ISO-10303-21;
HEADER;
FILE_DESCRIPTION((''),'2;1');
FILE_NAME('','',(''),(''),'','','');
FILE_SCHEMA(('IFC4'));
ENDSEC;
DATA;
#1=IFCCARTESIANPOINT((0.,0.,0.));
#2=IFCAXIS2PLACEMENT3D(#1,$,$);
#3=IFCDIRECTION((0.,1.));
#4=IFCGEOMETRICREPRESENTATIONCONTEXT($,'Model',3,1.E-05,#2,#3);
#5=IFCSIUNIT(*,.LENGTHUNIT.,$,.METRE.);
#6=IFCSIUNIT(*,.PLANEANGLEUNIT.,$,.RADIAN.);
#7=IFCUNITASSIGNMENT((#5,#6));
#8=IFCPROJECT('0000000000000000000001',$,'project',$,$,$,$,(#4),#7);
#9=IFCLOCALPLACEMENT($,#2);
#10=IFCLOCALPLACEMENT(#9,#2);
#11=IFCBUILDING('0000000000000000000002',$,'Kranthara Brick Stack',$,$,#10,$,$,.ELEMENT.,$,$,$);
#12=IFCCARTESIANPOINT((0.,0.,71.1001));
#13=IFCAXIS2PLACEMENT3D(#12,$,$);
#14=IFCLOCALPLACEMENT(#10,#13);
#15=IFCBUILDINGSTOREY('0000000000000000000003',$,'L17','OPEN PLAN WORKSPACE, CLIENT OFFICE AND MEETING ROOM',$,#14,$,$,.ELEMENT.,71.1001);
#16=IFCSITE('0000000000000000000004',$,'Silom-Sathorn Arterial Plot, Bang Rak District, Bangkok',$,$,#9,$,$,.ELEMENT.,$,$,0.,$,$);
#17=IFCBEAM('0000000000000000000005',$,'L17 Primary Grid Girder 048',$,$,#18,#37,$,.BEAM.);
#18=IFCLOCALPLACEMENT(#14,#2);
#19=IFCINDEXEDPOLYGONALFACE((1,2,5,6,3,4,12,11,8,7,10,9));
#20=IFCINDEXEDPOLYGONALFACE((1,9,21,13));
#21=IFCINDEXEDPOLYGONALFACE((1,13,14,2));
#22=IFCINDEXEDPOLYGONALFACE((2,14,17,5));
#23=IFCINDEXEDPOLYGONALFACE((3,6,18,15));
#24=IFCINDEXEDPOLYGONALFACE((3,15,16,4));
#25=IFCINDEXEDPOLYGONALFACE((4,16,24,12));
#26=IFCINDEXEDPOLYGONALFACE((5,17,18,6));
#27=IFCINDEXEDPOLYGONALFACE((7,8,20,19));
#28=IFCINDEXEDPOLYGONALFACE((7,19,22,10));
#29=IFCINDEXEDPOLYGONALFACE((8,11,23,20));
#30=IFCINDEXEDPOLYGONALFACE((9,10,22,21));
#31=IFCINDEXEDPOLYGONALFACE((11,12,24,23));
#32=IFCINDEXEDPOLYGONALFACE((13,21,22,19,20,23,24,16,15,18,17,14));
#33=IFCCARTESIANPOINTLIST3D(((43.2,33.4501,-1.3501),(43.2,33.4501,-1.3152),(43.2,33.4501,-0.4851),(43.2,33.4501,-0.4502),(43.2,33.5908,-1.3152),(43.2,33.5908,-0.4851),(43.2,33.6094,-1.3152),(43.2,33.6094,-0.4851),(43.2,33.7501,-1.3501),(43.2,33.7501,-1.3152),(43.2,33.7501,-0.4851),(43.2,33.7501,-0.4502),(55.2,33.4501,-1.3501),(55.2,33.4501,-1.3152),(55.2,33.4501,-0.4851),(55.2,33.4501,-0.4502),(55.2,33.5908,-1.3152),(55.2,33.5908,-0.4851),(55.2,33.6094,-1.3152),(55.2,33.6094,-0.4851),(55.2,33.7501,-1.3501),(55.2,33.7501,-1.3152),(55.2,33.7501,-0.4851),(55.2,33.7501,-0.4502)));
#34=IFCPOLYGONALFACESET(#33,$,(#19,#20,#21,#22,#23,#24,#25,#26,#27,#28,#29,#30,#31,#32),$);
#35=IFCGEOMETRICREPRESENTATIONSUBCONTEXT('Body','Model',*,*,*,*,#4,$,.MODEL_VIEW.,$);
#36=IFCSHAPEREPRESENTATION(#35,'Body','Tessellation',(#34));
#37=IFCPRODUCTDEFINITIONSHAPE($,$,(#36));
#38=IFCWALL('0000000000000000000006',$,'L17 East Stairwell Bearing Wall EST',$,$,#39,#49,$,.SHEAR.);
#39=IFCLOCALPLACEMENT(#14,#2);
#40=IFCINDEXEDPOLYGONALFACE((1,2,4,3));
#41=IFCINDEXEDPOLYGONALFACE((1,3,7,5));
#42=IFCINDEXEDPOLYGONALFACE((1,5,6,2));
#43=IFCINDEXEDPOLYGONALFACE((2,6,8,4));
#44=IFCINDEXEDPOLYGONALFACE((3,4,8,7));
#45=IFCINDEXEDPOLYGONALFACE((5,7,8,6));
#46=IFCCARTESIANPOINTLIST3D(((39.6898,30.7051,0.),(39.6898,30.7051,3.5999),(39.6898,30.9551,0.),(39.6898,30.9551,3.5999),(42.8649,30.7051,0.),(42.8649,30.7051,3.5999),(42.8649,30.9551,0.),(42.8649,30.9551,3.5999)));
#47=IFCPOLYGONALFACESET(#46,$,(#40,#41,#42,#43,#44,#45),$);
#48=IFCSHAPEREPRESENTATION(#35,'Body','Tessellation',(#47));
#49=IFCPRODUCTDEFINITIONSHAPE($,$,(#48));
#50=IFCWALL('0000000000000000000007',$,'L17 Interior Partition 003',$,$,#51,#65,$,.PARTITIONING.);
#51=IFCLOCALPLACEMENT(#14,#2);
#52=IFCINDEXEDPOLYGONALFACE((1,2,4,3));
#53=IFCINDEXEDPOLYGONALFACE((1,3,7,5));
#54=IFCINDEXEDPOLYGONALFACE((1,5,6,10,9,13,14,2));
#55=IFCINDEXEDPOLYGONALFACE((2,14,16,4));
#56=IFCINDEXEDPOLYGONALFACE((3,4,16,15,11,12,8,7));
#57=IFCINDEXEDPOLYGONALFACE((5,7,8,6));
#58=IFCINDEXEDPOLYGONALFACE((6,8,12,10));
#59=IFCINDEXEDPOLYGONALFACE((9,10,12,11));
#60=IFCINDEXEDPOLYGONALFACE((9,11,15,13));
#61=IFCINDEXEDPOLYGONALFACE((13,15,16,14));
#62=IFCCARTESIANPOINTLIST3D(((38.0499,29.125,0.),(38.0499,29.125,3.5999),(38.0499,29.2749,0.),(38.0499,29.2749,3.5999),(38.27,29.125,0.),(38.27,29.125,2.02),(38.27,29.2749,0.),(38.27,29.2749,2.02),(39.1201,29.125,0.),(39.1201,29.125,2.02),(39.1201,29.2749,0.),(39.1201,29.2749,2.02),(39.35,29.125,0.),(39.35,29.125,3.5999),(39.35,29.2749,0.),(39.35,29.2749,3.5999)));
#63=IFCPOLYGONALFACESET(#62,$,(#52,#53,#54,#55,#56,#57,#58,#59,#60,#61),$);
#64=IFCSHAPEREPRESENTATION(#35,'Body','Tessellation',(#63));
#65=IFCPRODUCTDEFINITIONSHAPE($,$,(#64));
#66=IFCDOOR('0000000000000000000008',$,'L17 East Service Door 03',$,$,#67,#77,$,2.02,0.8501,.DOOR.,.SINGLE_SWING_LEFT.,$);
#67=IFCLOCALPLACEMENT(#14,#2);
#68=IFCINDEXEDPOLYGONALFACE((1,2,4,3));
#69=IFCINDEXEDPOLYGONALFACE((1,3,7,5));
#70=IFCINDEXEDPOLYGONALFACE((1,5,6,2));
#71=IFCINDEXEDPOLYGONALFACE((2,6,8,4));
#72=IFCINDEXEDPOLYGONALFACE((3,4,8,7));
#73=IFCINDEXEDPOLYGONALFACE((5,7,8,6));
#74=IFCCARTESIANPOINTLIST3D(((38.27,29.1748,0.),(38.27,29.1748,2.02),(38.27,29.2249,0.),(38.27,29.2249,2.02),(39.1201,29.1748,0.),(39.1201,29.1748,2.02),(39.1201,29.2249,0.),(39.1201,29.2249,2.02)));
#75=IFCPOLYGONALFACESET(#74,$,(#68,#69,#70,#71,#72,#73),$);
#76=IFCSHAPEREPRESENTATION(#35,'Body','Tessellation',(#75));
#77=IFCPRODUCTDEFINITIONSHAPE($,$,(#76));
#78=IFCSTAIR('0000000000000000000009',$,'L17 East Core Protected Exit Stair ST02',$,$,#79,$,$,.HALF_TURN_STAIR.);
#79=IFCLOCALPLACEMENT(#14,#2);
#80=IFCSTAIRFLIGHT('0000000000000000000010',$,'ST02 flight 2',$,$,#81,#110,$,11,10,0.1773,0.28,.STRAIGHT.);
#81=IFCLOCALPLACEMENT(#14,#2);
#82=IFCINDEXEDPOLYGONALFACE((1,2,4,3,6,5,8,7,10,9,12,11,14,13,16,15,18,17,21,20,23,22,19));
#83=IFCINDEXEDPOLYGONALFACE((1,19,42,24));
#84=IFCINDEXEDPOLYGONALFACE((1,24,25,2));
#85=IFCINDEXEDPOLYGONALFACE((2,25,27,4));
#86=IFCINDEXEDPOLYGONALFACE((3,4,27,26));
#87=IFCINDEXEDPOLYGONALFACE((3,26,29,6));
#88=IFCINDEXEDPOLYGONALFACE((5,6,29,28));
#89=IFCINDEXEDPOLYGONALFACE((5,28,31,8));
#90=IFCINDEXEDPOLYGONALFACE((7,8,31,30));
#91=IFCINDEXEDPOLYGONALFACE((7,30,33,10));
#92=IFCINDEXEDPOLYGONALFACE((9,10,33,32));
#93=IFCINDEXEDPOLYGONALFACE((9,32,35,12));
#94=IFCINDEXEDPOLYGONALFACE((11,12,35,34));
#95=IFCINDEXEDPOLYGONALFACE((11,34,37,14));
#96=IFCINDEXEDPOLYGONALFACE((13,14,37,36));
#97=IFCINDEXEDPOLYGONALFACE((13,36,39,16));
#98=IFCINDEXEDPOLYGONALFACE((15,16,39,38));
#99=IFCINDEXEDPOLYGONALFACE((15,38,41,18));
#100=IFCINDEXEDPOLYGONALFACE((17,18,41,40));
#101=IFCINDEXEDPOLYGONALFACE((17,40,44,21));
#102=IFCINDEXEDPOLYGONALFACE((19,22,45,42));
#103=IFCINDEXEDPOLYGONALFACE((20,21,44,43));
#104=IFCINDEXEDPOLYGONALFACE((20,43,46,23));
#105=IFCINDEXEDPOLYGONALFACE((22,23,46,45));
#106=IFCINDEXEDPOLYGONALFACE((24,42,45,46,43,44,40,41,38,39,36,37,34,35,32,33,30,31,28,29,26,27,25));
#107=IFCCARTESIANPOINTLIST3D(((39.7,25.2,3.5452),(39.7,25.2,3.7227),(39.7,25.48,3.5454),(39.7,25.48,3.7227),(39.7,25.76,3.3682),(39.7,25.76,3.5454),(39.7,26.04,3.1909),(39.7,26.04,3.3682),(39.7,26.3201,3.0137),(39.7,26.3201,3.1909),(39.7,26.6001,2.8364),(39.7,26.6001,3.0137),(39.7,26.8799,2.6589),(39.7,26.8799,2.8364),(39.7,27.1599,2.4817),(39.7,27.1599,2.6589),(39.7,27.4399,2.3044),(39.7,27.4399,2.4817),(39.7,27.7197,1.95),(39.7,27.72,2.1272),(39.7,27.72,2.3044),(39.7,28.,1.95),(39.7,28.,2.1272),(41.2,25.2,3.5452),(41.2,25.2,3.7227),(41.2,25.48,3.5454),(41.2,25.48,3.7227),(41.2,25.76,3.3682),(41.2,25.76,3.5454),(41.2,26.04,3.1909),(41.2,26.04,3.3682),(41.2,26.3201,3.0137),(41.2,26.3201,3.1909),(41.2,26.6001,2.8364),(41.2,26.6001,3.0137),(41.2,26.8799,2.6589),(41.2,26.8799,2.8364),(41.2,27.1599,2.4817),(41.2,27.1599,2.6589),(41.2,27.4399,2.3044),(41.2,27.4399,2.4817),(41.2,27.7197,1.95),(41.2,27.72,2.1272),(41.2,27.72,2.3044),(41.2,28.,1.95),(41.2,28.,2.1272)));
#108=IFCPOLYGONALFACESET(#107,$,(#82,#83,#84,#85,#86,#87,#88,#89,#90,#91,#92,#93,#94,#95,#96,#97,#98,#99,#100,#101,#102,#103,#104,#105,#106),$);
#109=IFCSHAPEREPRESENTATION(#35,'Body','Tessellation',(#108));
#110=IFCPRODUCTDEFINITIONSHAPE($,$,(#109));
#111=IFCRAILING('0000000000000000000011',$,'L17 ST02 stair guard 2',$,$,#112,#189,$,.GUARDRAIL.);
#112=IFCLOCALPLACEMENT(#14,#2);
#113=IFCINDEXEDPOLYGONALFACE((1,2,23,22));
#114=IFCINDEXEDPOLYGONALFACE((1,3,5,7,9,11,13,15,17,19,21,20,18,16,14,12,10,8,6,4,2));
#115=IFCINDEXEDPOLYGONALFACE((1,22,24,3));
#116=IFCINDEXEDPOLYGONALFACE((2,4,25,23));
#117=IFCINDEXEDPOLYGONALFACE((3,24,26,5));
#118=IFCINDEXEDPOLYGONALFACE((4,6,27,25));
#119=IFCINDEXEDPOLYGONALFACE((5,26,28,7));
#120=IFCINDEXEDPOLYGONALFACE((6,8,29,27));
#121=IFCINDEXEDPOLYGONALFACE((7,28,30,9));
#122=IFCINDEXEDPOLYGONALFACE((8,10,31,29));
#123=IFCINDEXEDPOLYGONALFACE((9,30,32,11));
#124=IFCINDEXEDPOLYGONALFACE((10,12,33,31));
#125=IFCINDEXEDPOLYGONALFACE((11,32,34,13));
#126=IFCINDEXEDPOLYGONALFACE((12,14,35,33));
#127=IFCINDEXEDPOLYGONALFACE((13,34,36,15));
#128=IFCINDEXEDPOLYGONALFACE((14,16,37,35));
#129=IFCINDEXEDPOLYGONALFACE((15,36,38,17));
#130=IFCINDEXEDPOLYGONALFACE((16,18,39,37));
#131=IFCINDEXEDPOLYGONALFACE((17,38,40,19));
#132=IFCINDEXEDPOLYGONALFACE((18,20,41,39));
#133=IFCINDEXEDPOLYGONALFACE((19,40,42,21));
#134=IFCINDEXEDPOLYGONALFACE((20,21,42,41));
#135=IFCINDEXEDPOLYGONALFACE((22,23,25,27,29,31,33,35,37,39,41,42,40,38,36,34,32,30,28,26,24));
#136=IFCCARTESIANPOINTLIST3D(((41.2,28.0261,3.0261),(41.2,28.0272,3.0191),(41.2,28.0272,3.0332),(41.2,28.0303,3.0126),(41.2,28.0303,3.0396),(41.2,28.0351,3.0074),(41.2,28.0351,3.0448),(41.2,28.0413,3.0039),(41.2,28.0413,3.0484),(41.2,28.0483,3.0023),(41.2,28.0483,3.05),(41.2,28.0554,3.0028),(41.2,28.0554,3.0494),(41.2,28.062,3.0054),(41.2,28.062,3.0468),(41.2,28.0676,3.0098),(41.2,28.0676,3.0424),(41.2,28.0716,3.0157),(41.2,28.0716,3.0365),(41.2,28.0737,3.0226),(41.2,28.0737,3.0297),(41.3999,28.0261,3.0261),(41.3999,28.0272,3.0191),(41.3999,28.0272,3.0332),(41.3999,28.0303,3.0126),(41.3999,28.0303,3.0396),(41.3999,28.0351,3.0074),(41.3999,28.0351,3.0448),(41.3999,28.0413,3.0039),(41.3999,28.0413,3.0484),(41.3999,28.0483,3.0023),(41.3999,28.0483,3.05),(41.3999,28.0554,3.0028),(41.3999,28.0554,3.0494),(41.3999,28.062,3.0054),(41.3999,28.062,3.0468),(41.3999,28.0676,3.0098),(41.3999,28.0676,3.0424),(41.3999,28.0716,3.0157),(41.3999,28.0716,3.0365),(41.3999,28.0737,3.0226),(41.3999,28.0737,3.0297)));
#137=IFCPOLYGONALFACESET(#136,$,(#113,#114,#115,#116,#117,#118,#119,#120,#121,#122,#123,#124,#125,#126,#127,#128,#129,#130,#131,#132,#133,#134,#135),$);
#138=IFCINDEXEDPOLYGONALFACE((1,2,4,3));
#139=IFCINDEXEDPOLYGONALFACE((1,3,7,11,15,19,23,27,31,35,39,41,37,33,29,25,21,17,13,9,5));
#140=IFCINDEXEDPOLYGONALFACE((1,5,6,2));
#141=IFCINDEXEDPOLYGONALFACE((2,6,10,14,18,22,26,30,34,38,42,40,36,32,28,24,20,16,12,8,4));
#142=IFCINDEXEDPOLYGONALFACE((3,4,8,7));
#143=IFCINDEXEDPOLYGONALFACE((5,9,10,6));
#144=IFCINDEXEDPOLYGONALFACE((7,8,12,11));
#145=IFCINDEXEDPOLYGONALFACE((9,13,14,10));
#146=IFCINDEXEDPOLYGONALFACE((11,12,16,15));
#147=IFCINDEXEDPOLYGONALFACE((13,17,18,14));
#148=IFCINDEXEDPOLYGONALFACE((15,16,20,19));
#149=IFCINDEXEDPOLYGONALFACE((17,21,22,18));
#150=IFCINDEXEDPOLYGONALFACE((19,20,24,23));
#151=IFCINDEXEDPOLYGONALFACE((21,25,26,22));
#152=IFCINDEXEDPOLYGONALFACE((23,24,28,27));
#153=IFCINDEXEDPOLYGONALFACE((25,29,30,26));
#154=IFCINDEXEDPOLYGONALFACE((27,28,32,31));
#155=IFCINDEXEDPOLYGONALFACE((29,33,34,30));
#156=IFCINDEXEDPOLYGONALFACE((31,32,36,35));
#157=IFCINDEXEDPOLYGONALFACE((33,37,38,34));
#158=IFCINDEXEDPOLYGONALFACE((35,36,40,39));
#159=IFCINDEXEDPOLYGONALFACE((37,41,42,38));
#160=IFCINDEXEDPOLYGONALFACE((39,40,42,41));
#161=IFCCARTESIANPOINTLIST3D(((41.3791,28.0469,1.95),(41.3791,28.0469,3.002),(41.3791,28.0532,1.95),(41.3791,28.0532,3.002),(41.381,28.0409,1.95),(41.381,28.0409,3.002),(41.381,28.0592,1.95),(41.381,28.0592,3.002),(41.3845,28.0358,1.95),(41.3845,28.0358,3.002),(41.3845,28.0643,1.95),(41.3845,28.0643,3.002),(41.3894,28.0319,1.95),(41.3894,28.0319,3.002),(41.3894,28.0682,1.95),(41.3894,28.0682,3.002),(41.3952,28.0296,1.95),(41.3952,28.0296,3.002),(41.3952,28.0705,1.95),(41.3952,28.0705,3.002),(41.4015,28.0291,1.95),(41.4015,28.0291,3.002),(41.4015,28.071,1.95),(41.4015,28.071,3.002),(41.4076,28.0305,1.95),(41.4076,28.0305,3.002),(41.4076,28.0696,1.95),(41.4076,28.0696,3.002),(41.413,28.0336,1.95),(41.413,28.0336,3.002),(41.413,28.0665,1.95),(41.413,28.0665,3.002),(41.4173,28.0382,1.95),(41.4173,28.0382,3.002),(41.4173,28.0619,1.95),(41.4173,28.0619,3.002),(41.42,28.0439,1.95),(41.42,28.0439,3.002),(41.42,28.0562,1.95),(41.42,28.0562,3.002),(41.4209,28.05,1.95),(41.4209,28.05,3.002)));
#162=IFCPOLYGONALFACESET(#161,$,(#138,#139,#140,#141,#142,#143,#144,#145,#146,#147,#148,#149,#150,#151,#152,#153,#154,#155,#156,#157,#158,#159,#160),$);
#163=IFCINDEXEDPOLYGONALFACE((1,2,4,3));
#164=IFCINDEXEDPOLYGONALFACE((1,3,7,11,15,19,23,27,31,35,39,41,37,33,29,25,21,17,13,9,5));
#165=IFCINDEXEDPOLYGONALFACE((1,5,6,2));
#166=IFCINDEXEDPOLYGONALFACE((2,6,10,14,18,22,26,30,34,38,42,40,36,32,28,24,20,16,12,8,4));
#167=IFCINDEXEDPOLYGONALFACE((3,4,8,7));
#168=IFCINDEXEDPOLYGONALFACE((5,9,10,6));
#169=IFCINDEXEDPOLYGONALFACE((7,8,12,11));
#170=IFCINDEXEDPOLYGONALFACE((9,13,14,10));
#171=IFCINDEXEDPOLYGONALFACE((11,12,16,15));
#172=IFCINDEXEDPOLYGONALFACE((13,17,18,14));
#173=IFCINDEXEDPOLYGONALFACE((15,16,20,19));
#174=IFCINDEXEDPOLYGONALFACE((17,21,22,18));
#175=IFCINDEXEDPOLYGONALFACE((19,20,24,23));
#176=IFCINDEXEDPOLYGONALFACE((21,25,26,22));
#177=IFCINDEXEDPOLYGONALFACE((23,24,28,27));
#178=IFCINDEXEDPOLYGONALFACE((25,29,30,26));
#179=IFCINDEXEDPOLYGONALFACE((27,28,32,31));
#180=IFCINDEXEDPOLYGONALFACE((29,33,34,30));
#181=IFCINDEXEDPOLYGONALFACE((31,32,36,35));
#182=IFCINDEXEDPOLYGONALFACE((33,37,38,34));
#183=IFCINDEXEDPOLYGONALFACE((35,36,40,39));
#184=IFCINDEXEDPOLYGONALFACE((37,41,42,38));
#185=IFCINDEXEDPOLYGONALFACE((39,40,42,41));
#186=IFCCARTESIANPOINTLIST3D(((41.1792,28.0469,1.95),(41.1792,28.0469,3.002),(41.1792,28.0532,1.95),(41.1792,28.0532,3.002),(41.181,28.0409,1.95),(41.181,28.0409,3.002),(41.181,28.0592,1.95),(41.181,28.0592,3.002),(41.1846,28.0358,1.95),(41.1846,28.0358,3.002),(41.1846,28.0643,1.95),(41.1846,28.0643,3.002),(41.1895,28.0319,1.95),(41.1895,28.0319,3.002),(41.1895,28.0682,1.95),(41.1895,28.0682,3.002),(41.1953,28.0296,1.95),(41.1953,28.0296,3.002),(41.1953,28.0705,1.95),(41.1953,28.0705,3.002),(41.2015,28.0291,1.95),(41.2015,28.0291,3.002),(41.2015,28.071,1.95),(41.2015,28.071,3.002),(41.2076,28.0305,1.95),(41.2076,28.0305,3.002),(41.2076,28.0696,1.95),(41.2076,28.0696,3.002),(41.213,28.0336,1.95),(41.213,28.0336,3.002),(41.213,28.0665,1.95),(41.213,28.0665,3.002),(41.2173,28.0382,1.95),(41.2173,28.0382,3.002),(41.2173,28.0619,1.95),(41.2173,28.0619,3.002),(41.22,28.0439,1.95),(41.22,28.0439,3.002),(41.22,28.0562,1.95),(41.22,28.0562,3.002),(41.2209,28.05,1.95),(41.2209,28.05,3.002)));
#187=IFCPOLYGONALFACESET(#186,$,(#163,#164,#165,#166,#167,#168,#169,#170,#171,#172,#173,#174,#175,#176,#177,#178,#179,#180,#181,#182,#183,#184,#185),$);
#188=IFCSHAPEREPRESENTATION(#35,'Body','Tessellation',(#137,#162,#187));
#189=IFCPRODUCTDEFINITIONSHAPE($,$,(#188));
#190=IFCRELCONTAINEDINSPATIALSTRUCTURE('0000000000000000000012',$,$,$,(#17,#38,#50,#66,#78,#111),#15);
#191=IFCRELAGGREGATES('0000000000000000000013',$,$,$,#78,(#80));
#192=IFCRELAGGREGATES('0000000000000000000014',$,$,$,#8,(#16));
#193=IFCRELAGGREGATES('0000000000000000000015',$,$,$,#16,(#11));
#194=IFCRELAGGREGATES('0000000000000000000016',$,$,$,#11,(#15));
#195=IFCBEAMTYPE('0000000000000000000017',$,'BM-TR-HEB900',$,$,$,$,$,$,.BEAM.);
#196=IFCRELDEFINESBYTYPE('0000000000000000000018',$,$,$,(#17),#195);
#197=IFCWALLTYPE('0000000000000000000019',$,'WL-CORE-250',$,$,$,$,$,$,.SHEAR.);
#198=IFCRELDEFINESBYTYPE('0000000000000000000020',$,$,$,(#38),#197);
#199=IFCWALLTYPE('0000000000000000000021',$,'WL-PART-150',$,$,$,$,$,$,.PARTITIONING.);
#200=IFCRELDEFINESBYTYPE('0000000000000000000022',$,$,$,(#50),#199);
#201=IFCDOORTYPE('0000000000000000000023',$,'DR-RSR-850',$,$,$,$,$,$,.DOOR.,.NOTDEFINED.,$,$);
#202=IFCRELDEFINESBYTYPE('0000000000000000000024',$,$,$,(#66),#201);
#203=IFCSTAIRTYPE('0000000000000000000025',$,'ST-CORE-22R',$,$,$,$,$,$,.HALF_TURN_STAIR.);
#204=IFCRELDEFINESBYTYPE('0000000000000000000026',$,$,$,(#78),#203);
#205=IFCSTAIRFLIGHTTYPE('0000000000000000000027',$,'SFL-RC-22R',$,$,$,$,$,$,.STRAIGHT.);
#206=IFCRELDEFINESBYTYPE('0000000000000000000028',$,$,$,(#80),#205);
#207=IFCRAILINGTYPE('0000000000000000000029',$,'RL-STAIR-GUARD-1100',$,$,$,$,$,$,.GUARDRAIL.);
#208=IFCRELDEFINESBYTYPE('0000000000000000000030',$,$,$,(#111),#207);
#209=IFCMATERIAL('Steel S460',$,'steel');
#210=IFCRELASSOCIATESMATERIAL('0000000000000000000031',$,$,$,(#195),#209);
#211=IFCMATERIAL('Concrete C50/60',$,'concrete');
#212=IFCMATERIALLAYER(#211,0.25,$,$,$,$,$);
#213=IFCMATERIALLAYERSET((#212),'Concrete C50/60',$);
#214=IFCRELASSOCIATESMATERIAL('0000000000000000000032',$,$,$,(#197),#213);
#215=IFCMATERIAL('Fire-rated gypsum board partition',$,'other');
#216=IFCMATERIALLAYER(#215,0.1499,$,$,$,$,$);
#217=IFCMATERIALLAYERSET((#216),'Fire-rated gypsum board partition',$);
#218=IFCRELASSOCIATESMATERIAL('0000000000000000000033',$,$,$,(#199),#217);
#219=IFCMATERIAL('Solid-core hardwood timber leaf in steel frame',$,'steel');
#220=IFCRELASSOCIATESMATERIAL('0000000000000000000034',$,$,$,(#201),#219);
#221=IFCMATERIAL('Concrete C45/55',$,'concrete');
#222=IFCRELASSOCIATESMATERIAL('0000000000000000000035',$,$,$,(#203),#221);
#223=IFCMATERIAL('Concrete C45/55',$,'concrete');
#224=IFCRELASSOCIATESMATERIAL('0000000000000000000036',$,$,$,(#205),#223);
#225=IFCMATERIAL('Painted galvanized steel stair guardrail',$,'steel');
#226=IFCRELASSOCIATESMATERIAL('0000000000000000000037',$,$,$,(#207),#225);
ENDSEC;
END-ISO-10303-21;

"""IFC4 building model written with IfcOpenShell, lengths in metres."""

from ifc_helpers import new_model, si_unit, direction, frame, frame_2d, origin, origin_2d, place, context, subcontext, project, spatial, polyline, rectangle, circle, i_section, outline, extrude, material, layer, layer_set, material_profile, profile_set, type_object, element, fill, aggregate, save


model = new_model("IFC4")

# Units and contexts
model_context = context("Model", 3, precision=1e-05, world=origin(), true_north=direction((0.0, 1.0)))
body_context = subcontext(model_context, "Body", "Model", "MODEL_VIEW")
ifc_project = project(units=[si_unit("LENGTHUNIT", "METRE"), si_unit("PLANEANGLEUNIT", "RADIAN")], contexts=[model_context])

# Site, building, storey
site_placement = place(None, origin())
site = spatial("IfcSite", under=ifc_project, at=site_placement, Name="Silom-Sathorn Arterial Plot, Bang Rak District, Bangkok", CompositionType="ELEMENT", RefElevation=0.0)
building_placement = place(site_placement, origin())
building = spatial("IfcBuilding", under=site, at=building_placement, Name="Kranthara Brick Stack", CompositionType="ELEMENT")
storey_placement = place(building_placement, frame((0.0, 0.0, 71.1001)))
storey = spatial("IfcBuildingStorey", under=building, at=storey_placement, Name="L17", Description="OPEN PLAN WORKSPACE, CLIENT OFFICE AND MEETING ROOM", CompositionType="ELEMENT", Elevation=71.1001)

# Beam
ifc_material_1 = material(Name="Steel S460", Category="steel")
ifc_material_profile_1 = material_profile(ifc_material_1, i_section(OverallWidth=0.3, OverallDepth=0.8999, WebThickness=0.0186, FlangeThickness=0.0349, at=origin_2d()), Name="HEB 900")
ifc_profile_set_1 = profile_set([ifc_material_profile_1], Name="Steel S460")
beam_type_1 = type_object("IfcBeamType", Name="BM-TR-HEB900", PredefinedType="BEAM", material=ifc_profile_set_1)
beam_1_placement = place(storey_placement, frame((43.2, 33.6001, -0.9001), z_axis=(1.0, 0.0, 0.0), x_axis=(0.0, 1.0, 0.0)))
element("IfcBeam", 1, at=beam_1_placement, inside=storey, type_object=beam_type_1, Name="L17 Primary Grid Girder 048", PredefinedType="BEAM", context=body_context, shape_type="SweptSolid", body=[
    extrude(i_section(OverallWidth=0.3, OverallDepth=0.8999, WebThickness=0.0186, FlangeThickness=0.0349, at=origin_2d()), origin(), (0.0, 0.0, 1.0), 12.0),
])

# Wall
ifc_material_2 = material(Name="Concrete C50/60", Category="concrete")
ifc_layer_1 = layer(ifc_material_2, 0.25)
ifc_layer_set_1 = layer_set([ifc_layer_1], Name="Concrete C50/60")
wall_type_1 = type_object("IfcWallType", Name="WL-CORE-250", PredefinedType="SHEAR", material=ifc_layer_set_1)
wall_1_placement = place(storey_placement, frame((39.6899, 30.8301, 0.0), z_axis=(0.0, 0.0, 1.0), x_axis=(1.0, 0.0, 0.0)))
element("IfcWall", 2, at=wall_1_placement, inside=storey, type_object=wall_type_1, Name="L17 East Stairwell Bearing Wall EST", PredefinedType="SHEAR", context=body_context, shape_type="SweptSolid", body=[
    extrude(rectangle(XDim=3.175, YDim=0.25, at=frame_2d((1.5874, 0.0))), origin(), (0.0, 0.0, 1.0), 3.5999),
])

# Wall, opening, door
ifc_material_3 = material(Name="Fire-rated gypsum board partition", Category="other")
ifc_layer_2 = layer(ifc_material_3, 0.1499)
ifc_layer_set_2 = layer_set([ifc_layer_2], Name="Fire-rated gypsum board partition")
wall_type_2 = type_object("IfcWallType", Name="WL-PART-150", PredefinedType="PARTITIONING", material=ifc_layer_set_2)
wall_2_placement = place(storey_placement, frame((38.05, 29.2, 0.0), z_axis=(0.0, 0.0, 1.0), x_axis=(1.0, 0.0, 0.0)))
wall_2 = element("IfcWall", 3, at=wall_2_placement, inside=storey, type_object=wall_type_2, Name="L17 Interior Partition 003", PredefinedType="PARTITIONING", context=body_context, shape_type="SweptSolid", body=[
    extrude(rectangle(XDim=1.3, YDim=0.1499, at=frame_2d((0.6499, 0.0))), origin(), (0.0, 0.0, 1.0), 3.5999),
])
opening_placement = place(wall_2_placement, frame((0.22, 0.0, 0.0)))
opening = element("IfcOpeningElement", 4, at=opening_placement, cuts=wall_2, PredefinedType="OPENING", context=body_context, shape_type="SweptSolid", body=[
    extrude(rectangle(XDim=0.8501, YDim=2.02, at=frame_2d((0.425, 1.01))), frame((0.0, 0.085, 0.0), z_axis=(0.0, -1.0, 0.0), x_axis=(1.0, 0.0, 0.0)), (0.0, 0.0, 1.0), 0.1699),
])
ifc_material_4 = material(Name="Solid-core hardwood timber leaf in steel frame", Category="steel")
door_type = type_object("IfcDoorType", Name="DR-RSR-850", OperationType="NOTDEFINED", PredefinedType="DOOR", material=ifc_material_4)
door_placement = place(opening_placement, origin())
door = element("IfcDoor", 5, at=door_placement, inside=storey, type_object=door_type, Name="L17 East Service Door 03", OperationType="SINGLE_SWING_LEFT", OverallHeight=2.02, OverallWidth=0.8501, PredefinedType="DOOR", context=body_context, shape_type="SweptSolid", body=[
    extrude(rectangle(XDim=0.8501, YDim=2.02, at=frame_2d((0.425, 1.01))), frame((0.0, 0.0249, 0.0), z_axis=(0.0, -1.0, 0.0), x_axis=(1.0, 0.0, 0.0)), (0.0, 0.0, 1.0), 0.05),
])
fill(opening, door)

# Stair, stair flight
ifc_material_5 = material(Name="Concrete C45/55", Category="concrete")
stair_type = type_object("IfcStairType", Name="ST-CORE-22R", PredefinedType="HALF_TURN_STAIR", material=ifc_material_5)
stair_placement = place(storey_placement, origin())
stair = element("IfcStair", 6, at=stair_placement, inside=storey, type_object=stair_type, Name="L17 East Core Protected Exit Stair ST02", PredefinedType="HALF_TURN_STAIR")
ifc_material_6 = material(Name="Concrete C45/55", Category="concrete")
stair_flight_type = type_object("IfcStairFlightType", Name="SFL-RC-22R", PredefinedType="STRAIGHT", material=ifc_material_6)
stair_flight_placement = place(storey_placement, frame((40.45, 28.0, 1.95), z_axis=(0.0, 0.0, 1.0), x_axis=(0.0, -1.0, 0.0)))
stair_flight = element("IfcStairFlight", 7, at=stair_flight_placement, type_object=stair_flight_type, Name="ST02 flight 2", NumberOfRisers=11, NumberOfTreads=10, PredefinedType="STRAIGHT", RiserHeight=0.1773, TreadLength=0.28, context=body_context, shape_type="SweptSolid", body=[
    extrude(outline(polyline([(0.0, 0.0), (0.0, 0.1772), (0.28, 0.1772), (0.28, 0.3545), (0.5601, 0.3545), (0.5601, 0.5317), (0.8401, 0.5317), (0.8401, 0.709), (1.1201, 0.709), (1.1201, 0.8865), (1.3999, 0.8865), (1.3999, 1.0637), (1.6799, 1.0637), (1.6799, 1.241), (1.96, 1.241), (1.96, 1.4182), (2.24, 1.4182), (2.24, 1.5955), (2.52, 1.5955), (2.52, 1.7727), (2.8, 1.7727), (2.8, 1.95), (2.8, 1.5952), (0.2803, 0.0), (0.0, 0.0)])), frame((0.0, 0.75, 0.0), z_axis=(0.0, -1.0, 0.0), x_axis=(1.0, 0.0, 0.0)), (0.0, 0.0, 1.0), 1.5),
])
aggregate(stair, [stair_flight])

# Railing
ifc_material_7 = material(Name="Painted galvanized steel stair guardrail", Category="steel")
railing_type_1 = type_object("IfcRailingType", Name="RL-STAIR-GUARD-1100", PredefinedType="GUARDRAIL", material=ifc_material_7)
railing_1_placement = place(storey_placement, frame((41.3999, 28.05, 1.95)))
element("IfcRailing", 8, at=railing_1_placement, inside=storey, type_object=railing_type_1, Name="L17 ST02 stair guard 2", PredefinedType="GUARDRAIL", context=body_context, shape_type="SweptSolid", body=[
    extrude(circle(Radius=0.0239, at=origin_2d()), frame((0.0, 0.0, 1.0762), z_axis=(-1.0, 0.0, 0.0), x_axis=(0.0, -1.0, 0.0)), (0.0, 0.0, 1.0), 0.2),
    extrude(circle(Radius=0.021, at=origin_2d()), origin(), (0.0, 0.0, 1.0), 1.052),
    extrude(circle(Radius=0.021, at=origin_2d()), frame((-0.2, 0.0, 0.0)), (0.0, 0.0, 1.0), 1.052),
])

save(model, "model.ifc")
